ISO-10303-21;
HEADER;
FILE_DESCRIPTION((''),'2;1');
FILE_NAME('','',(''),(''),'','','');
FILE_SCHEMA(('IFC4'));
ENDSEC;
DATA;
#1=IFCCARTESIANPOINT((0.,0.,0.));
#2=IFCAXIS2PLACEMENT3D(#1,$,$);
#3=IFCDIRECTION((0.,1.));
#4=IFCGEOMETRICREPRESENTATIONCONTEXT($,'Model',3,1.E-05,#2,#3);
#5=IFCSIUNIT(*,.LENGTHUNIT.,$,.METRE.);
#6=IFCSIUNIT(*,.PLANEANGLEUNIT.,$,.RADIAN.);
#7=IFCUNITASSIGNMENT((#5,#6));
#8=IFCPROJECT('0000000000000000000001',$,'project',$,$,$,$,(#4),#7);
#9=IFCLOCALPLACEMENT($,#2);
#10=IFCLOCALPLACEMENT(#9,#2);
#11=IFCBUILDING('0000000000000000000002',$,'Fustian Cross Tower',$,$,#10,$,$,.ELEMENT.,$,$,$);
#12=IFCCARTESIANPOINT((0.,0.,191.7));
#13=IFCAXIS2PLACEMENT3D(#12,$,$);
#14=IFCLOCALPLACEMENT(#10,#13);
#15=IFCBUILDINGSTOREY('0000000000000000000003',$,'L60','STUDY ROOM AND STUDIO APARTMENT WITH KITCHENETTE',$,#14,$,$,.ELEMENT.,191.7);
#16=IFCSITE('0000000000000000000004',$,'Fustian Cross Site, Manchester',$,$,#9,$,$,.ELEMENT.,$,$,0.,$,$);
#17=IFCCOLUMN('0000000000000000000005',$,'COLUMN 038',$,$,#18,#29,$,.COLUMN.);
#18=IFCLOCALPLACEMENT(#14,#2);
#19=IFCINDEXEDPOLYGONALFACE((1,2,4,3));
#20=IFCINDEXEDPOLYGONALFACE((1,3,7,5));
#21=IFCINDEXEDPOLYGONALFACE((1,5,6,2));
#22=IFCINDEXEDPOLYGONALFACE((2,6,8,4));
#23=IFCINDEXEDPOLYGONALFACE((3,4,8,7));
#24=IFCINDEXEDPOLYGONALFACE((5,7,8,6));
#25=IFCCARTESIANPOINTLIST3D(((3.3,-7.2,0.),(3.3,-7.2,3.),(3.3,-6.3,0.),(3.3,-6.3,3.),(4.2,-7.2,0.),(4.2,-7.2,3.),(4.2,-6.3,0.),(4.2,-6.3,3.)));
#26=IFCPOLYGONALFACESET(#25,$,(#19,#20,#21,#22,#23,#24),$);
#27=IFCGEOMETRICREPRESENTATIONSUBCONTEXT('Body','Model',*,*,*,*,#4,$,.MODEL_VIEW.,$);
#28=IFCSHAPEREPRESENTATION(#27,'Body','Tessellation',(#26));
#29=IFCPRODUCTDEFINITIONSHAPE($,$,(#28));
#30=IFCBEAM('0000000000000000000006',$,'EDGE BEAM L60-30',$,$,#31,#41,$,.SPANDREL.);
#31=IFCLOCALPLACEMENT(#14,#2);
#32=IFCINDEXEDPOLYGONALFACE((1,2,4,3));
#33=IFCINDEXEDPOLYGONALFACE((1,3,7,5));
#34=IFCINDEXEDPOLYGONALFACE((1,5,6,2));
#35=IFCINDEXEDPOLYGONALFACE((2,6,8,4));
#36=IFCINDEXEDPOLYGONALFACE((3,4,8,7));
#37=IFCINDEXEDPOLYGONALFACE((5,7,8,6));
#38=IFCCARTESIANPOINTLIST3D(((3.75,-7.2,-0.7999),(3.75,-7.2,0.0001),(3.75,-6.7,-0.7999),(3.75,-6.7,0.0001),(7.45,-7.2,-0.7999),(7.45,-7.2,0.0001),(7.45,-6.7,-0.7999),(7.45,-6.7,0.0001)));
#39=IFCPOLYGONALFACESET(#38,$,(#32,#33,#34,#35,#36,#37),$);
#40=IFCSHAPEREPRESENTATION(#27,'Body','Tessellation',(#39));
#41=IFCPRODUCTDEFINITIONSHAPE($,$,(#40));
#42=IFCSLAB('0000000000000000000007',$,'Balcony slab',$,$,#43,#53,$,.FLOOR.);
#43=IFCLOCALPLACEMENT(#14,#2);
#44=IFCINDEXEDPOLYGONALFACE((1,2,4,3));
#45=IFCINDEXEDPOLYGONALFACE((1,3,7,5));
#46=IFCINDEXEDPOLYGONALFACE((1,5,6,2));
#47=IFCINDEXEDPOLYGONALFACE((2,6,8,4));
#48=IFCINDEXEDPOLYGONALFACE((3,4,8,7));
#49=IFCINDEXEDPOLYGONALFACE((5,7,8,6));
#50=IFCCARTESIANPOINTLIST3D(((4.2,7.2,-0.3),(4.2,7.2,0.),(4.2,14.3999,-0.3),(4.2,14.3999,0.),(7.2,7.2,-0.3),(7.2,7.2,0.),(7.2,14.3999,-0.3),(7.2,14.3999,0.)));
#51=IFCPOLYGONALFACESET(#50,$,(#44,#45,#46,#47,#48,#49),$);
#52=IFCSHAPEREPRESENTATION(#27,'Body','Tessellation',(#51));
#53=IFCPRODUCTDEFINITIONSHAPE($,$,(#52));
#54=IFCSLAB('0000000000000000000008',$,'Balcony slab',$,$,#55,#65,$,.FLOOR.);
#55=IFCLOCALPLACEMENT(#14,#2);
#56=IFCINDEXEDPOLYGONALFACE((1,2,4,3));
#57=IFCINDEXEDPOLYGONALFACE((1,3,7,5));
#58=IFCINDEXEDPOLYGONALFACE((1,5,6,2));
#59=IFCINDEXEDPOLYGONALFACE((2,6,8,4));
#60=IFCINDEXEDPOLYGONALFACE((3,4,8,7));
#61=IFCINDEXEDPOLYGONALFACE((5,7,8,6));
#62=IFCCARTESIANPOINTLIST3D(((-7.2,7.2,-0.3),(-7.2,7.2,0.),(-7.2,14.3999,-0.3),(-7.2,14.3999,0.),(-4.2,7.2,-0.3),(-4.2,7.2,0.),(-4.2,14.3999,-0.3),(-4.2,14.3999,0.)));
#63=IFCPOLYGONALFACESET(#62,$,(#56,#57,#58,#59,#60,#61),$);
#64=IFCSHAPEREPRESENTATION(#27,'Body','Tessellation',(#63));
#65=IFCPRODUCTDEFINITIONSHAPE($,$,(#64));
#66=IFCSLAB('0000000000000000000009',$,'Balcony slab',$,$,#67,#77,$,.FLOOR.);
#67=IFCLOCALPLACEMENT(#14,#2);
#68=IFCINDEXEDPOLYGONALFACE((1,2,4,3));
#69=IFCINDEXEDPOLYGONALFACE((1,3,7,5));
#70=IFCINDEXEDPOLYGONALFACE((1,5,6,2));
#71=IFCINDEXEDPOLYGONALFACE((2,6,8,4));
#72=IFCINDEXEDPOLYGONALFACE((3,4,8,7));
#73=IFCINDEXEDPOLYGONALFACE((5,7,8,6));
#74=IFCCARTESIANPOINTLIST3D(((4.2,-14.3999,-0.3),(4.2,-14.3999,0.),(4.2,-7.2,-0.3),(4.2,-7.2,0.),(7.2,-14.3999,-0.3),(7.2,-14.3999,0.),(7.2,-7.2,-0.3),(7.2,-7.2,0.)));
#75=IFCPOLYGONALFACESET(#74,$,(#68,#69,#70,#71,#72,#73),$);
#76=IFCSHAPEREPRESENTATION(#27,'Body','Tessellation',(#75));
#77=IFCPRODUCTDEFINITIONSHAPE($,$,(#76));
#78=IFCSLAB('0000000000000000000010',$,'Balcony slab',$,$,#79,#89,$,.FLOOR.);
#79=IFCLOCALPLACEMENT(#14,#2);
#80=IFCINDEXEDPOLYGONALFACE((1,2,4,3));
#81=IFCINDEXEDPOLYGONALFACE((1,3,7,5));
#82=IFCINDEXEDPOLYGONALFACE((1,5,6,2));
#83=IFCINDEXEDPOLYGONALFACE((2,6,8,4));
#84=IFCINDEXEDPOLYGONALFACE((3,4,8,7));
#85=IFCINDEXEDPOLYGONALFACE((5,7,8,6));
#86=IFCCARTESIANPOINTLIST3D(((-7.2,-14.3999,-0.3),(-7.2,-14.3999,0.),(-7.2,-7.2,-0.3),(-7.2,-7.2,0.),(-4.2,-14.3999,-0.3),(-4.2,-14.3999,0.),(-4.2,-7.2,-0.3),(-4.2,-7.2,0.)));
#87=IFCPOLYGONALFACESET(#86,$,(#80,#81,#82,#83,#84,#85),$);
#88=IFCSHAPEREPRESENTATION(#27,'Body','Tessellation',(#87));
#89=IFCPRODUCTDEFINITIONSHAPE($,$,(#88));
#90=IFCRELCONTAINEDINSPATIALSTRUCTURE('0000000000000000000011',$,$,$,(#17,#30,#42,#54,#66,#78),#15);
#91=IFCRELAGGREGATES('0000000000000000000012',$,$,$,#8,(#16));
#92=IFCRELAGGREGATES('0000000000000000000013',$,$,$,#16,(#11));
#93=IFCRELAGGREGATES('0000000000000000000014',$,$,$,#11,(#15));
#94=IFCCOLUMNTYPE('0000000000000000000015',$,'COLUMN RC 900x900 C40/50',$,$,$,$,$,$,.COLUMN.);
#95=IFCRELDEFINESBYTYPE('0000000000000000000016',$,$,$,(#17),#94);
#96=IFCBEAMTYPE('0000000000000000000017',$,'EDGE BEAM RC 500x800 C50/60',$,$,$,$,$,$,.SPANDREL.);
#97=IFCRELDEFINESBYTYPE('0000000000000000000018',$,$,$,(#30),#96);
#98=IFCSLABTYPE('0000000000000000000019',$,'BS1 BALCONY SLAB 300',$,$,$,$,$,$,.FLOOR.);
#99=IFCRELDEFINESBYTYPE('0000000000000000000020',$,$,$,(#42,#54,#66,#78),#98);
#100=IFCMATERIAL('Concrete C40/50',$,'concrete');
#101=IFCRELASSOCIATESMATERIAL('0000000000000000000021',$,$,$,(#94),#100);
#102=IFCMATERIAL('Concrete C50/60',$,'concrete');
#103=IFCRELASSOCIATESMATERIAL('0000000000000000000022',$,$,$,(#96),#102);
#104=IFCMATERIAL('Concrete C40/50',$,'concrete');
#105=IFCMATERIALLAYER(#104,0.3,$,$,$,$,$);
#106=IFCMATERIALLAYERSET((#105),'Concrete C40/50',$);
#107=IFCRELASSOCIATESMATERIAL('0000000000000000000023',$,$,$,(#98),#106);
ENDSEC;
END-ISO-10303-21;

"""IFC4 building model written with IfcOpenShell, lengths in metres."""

from ifc_helpers import new_model, si_unit, direction, frame, origin, origin_2d, place, context, subcontext, project, spatial, polyline, rectangle, outline, extrude, material, layer, layer_set, material_profile, profile_set, type_object, element, save


model = new_model("IFC4")

# Units and contexts
model_context = context("Model", 3, precision=1e-05, world=origin(), true_north=direction((0.0, 1.0)))
body_context = subcontext(model_context, "Body", "Model", "MODEL_VIEW")
ifc_project = project(units=[si_unit("LENGTHUNIT", "METRE"), si_unit("PLANEANGLEUNIT", "RADIAN")], contexts=[model_context])

# Site, building, storey
site_placement = place(None, origin())
site = spatial("IfcSite", under=ifc_project, at=site_placement, Name="Fustian Cross Site, Manchester", CompositionType="ELEMENT", RefElevation=0.0)
building_placement = place(site_placement, origin())
building = spatial("IfcBuilding", under=site, at=building_placement, Name="Fustian Cross Tower", CompositionType="ELEMENT")
storey_placement = place(building_placement, frame((0.0, 0.0, 191.7)))
storey = spatial("IfcBuildingStorey", under=building, at=storey_placement, Name="L60", Description="STUDY ROOM AND STUDIO APARTMENT WITH KITCHENETTE", CompositionType="ELEMENT", Elevation=191.7)

# Column
ifc_material_1 = material(Name="Concrete C40/50", Category="concrete")
ifc_material_profile_1 = material_profile(ifc_material_1, rectangle(XDim=0.8999, YDim=0.8999, at=origin_2d()), Name="RC 900x900")
ifc_profile_set_1 = profile_set([ifc_material_profile_1], Name="Concrete C40/50")
column_type = type_object("IfcColumnType", Name="COLUMN RC 900x900 C40/50", PredefinedType="COLUMN", material=ifc_profile_set_1)
column_placement = place(storey_placement, frame((3.75, -6.75, 0.0), z_axis=(0.0, 0.0, 1.0), x_axis=(1.0, 0.0, 0.0)))
element("IfcColumn", 1, at=column_placement, inside=storey, type_object=column_type, Name="COLUMN 038", PredefinedType="COLUMN", context=body_context, shape_type="SweptSolid", body=[
    extrude(rectangle(XDim=0.8999, YDim=0.8999, at=origin_2d()), origin(), (0.0, 0.0, 1.0), 3.0),
])

# Beam
ifc_material_2 = material(Name="Concrete C50/60", Category="concrete")
ifc_material_profile_2 = material_profile(ifc_material_2, rectangle(XDim=0.5, YDim=0.8, at=origin_2d()), Name="RC 500x800")
ifc_profile_set_2 = profile_set([ifc_material_profile_2], Name="Concrete C50/60")
beam_type = type_object("IfcBeamType", Name="EDGE BEAM RC 500x800 C50/60", PredefinedType="SPANDREL", material=ifc_profile_set_2)
beam_placement = place(storey_placement, frame((3.75, -6.95, -0.3999), z_axis=(1.0, 0.0, 0.0), x_axis=(0.0, 1.0, 0.0)))
element("IfcBeam", 2, at=beam_placement, inside=storey, type_object=beam_type, Name="EDGE BEAM L60-30", PredefinedType="SPANDREL", context=body_context, shape_type="SweptSolid", body=[
    extrude(rectangle(XDim=0.5, YDim=0.8, at=origin_2d()), origin(), (0.0, 0.0, 1.0), 3.7),
])

# Slabs
ifc_material_3 = material(Name="Concrete C40/50", Category="concrete")
ifc_layer_1 = layer(ifc_material_3, 0.3)
ifc_layer_set_1 = layer_set([ifc_layer_1], Name="Concrete C40/50")
slab_type_1 = type_object("IfcSlabType", Name="BS1 BALCONY SLAB 300", PredefinedType="FLOOR", material=ifc_layer_set_1)
slab_1_placement = place(storey_placement, frame((0.0, 0.0, -0.3)))
element("IfcSlab", 3, at=slab_1_placement, inside=storey, type_object=slab_type_1, Name="Balcony slab", PredefinedType="FLOOR", context=body_context, shape_type="SweptSolid", body=[
    extrude(outline(polyline([(4.2, 7.2), (7.2, 7.2), (7.2, 14.3999), (4.2, 14.3999), (4.2, 7.2)])), origin(), (0.0, 0.0, 1.0), 0.3),
])
slab_2_placement = place(storey_placement, frame((0.0, 0.0, -0.3)))
element("IfcSlab", 4, at=slab_2_placement, inside=storey, type_object=slab_type_1, Name="Balcony slab", PredefinedType="FLOOR", context=body_context, shape_type="SweptSolid", body=[
    extrude(outline(polyline([(-7.2, 7.2), (-4.2, 7.2), (-4.2, 14.3999), (-7.2, 14.3999), (-7.2, 7.2)])), origin(), (0.0, 0.0, 1.0), 0.3),
])
slab_3_placement = place(storey_placement, frame((0.0, 0.0, -0.3)))
element("IfcSlab", 5, at=slab_3_placement, inside=storey, type_object=slab_type_1, Name="Balcony slab", PredefinedType="FLOOR", context=body_context, shape_type="SweptSolid", body=[
    extrude(outline(polyline([(4.2, -14.3999), (7.2, -14.3999), (7.2, -7.2), (4.2, -7.2), (4.2, -14.3999)])), origin(), (0.0, 0.0, 1.0), 0.3),
])
slab_4_placement = place(storey_placement, frame((0.0, 0.0, -0.3)))
element("IfcSlab", 6, at=slab_4_placement, inside=storey, type_object=slab_type_1, Name="Balcony slab", PredefinedType="FLOOR", context=body_context, shape_type="SweptSolid", body=[
    extrude(outline(polyline([(-7.2, -14.3999), (-4.2, -14.3999), (-4.2, -7.2), (-7.2, -7.2), (-7.2, -14.3999)])), origin(), (0.0, 0.0, 1.0), 0.3),
])

save(model, "model.ifc")
